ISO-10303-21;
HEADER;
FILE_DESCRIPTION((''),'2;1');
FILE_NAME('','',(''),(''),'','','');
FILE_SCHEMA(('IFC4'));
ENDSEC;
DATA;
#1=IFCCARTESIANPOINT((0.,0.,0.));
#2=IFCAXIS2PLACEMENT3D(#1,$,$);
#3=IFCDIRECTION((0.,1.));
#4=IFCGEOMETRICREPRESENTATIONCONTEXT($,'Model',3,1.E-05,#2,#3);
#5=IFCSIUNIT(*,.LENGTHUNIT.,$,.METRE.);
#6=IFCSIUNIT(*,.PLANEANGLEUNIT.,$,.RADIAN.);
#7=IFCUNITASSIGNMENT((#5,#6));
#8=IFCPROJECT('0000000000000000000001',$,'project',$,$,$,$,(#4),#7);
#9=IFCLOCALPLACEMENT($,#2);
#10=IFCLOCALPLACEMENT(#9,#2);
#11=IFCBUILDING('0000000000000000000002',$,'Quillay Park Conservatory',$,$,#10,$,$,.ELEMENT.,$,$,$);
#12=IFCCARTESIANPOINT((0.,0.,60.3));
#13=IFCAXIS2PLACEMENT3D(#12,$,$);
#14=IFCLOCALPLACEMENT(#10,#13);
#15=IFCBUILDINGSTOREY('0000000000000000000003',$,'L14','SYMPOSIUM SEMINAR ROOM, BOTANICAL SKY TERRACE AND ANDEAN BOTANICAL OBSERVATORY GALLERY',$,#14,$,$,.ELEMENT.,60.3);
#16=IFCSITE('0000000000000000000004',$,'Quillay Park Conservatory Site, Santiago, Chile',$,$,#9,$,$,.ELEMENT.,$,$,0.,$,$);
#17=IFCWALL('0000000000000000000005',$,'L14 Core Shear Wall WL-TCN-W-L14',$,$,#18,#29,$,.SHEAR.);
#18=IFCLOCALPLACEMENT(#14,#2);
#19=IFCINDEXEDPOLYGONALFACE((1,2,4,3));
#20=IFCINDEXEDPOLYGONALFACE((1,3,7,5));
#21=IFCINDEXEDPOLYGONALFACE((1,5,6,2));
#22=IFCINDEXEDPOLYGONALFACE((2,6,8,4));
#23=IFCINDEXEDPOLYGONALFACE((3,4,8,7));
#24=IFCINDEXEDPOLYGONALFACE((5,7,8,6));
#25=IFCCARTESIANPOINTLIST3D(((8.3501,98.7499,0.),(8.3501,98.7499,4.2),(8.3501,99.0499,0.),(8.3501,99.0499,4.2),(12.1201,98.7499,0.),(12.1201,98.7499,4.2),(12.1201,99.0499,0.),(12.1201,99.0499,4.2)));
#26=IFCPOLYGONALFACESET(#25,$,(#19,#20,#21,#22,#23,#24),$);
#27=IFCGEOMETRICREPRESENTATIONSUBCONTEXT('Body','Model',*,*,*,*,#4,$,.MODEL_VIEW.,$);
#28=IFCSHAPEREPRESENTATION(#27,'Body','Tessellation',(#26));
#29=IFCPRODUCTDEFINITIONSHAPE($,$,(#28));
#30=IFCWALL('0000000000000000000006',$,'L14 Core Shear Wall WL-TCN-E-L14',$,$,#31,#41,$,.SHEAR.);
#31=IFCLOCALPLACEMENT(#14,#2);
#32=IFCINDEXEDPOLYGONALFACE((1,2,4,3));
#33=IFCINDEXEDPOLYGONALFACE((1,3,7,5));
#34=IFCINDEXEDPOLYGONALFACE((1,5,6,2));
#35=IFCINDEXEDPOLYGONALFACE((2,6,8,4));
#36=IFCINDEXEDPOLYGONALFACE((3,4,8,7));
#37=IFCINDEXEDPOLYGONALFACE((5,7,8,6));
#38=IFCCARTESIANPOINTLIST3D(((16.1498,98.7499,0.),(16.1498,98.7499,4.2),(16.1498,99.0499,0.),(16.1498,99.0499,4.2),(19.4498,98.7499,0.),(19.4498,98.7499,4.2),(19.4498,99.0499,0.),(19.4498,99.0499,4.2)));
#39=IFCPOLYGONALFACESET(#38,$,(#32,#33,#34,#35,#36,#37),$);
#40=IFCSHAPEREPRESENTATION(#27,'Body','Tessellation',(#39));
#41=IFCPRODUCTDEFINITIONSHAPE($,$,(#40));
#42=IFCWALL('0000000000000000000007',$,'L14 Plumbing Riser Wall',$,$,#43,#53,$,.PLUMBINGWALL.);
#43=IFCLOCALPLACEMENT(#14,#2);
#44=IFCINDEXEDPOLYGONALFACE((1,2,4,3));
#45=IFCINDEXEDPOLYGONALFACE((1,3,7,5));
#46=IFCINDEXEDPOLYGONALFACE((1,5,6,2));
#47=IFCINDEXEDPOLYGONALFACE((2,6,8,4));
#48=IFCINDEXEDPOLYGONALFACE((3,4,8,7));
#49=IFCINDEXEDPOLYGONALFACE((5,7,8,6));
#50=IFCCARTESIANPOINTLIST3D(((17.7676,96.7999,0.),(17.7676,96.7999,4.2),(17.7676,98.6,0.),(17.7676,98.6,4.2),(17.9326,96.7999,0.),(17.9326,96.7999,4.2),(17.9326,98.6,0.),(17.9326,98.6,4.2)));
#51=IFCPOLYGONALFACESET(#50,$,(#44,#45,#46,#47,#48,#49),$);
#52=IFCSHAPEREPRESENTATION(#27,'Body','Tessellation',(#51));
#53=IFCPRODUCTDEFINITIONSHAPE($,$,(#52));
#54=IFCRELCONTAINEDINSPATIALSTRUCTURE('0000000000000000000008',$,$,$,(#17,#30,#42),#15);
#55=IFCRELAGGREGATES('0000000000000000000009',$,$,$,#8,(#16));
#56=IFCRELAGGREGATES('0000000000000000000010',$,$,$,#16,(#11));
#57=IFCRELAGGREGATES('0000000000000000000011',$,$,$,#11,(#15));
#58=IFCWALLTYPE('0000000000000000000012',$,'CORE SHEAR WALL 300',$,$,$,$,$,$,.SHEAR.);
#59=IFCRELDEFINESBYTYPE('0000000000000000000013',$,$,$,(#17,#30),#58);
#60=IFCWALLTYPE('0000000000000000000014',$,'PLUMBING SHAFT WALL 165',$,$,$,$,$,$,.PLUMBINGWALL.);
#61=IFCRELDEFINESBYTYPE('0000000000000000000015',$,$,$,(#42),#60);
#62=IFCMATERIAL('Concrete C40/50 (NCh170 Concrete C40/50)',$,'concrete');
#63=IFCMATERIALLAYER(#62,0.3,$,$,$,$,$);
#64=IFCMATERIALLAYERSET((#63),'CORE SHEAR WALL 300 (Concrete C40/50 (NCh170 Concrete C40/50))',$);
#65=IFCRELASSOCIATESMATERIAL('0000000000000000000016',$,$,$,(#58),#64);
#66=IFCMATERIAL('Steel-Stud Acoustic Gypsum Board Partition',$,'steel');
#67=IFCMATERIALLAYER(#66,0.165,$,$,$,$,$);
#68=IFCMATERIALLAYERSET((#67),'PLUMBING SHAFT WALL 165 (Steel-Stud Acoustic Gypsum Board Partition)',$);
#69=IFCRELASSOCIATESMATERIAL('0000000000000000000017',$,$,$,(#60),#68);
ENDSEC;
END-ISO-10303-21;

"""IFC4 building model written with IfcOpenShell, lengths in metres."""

from ifc_helpers import new_model, si_unit, direction, frame, frame_2d, origin, place, context, subcontext, project, spatial, rectangle, extrude, material, layer, layer_set, type_object, element, save


model = new_model("IFC4")

# Units and contexts
model_context = context("Model", 3, precision=1e-05, world=origin(), true_north=direction((0.0, 1.0)))
body_context = subcontext(model_context, "Body", "Model", "MODEL_VIEW")
ifc_project = project(units=[si_unit("LENGTHUNIT", "METRE"), si_unit("PLANEANGLEUNIT", "RADIAN")], contexts=[model_context])

# Site, building, storey
site_placement = place(None, origin())
site = spatial("IfcSite", under=ifc_project, at=site_placement, Name="Quillay Park Conservatory Site, Santiago, Chile", CompositionType="ELEMENT", RefElevation=0.0)
building_placement = place(site_placement, origin())
building = spatial("IfcBuilding", under=site, at=building_placement, Name="Quillay Park Conservatory", CompositionType="ELEMENT")
storey_placement = place(building_placement, frame((0.0, 0.0, 60.3)))
storey = spatial("IfcBuildingStorey", under=building, at=storey_placement, Name="L14", Description="SYMPOSIUM SEMINAR ROOM, BOTANICAL SKY TERRACE AND ANDEAN BOTANICAL OBSERVATORY GALLERY", CompositionType="ELEMENT", Elevation=60.3)

# Walls
ifc_material_1 = material(Name="Concrete C40/50 (NCh170 Concrete C40/50)", Category="concrete")
ifc_layer_1 = layer(ifc_material_1, 0.3)
ifc_layer_set_1 = layer_set([ifc_layer_1], Name="CORE SHEAR WALL 300 (Concrete C40/50 (NCh170 Concrete C40/50))")
wall_type_1 = type_object("IfcWallType", Name="CORE SHEAR WALL 300", PredefinedType="SHEAR", material=ifc_layer_set_1)
wall_1_placement = place(storey_placement, frame((8.3501, 98.8999, 0.0), z_axis=(0.0, 0.0, 1.0), x_axis=(1.0, 0.0, 0.0)))
element("IfcWall", 1, at=wall_1_placement, inside=storey, type_object=wall_type_1, Name="L14 Core Shear Wall WL-TCN-W-L14", PredefinedType="SHEAR", context=body_context, shape_type="SweptSolid", body=[
    extrude(rectangle(XDim=3.77, YDim=0.3, at=frame_2d((1.885, 0.0))), origin(), (0.0, 0.0, 1.0), 4.2),
])
wall_2_placement = place(storey_placement, frame((16.1499, 98.8999, 0.0), z_axis=(0.0, 0.0, 1.0), x_axis=(1.0, 0.0, 0.0)))
element("IfcWall", 2, at=wall_2_placement, inside=storey, type_object=wall_type_1, Name="L14 Core Shear Wall WL-TCN-E-L14", PredefinedType="SHEAR", context=body_context, shape_type="SweptSolid", body=[
    extrude(rectangle(XDim=3.3, YDim=0.3, at=frame_2d((1.6499, 0.0))), origin(), (0.0, 0.0, 1.0), 4.2),
])
ifc_material_2 = material(Name="Steel-Stud Acoustic Gypsum Board Partition", Category="steel")
ifc_layer_2 = layer(ifc_material_2, 0.165)
ifc_layer_set_2 = layer_set([ifc_layer_2], Name="PLUMBING SHAFT WALL 165 (Steel-Stud Acoustic Gypsum Board Partition)")
wall_type_2 = type_object("IfcWallType", Name="PLUMBING SHAFT WALL 165", PredefinedType="PLUMBINGWALL", material=ifc_layer_set_2)
wall_3_placement = place(storey_placement, frame((17.8501, 96.8, 0.0), z_axis=(0.0, 0.0, 1.0), x_axis=(0.0, 1.0, 0.0)))
element("IfcWall", 3, at=wall_3_placement, inside=storey, type_object=wall_type_2, Name="L14 Plumbing Riser Wall", PredefinedType="PLUMBINGWALL", context=body_context, shape_type="SweptSolid", body=[
    extrude(rectangle(XDim=1.8, YDim=0.165, at=frame_2d((0.8999, 0.0))), origin(), (0.0, 0.0, 1.0), 4.2),
])

save(model, "model.ifc")
